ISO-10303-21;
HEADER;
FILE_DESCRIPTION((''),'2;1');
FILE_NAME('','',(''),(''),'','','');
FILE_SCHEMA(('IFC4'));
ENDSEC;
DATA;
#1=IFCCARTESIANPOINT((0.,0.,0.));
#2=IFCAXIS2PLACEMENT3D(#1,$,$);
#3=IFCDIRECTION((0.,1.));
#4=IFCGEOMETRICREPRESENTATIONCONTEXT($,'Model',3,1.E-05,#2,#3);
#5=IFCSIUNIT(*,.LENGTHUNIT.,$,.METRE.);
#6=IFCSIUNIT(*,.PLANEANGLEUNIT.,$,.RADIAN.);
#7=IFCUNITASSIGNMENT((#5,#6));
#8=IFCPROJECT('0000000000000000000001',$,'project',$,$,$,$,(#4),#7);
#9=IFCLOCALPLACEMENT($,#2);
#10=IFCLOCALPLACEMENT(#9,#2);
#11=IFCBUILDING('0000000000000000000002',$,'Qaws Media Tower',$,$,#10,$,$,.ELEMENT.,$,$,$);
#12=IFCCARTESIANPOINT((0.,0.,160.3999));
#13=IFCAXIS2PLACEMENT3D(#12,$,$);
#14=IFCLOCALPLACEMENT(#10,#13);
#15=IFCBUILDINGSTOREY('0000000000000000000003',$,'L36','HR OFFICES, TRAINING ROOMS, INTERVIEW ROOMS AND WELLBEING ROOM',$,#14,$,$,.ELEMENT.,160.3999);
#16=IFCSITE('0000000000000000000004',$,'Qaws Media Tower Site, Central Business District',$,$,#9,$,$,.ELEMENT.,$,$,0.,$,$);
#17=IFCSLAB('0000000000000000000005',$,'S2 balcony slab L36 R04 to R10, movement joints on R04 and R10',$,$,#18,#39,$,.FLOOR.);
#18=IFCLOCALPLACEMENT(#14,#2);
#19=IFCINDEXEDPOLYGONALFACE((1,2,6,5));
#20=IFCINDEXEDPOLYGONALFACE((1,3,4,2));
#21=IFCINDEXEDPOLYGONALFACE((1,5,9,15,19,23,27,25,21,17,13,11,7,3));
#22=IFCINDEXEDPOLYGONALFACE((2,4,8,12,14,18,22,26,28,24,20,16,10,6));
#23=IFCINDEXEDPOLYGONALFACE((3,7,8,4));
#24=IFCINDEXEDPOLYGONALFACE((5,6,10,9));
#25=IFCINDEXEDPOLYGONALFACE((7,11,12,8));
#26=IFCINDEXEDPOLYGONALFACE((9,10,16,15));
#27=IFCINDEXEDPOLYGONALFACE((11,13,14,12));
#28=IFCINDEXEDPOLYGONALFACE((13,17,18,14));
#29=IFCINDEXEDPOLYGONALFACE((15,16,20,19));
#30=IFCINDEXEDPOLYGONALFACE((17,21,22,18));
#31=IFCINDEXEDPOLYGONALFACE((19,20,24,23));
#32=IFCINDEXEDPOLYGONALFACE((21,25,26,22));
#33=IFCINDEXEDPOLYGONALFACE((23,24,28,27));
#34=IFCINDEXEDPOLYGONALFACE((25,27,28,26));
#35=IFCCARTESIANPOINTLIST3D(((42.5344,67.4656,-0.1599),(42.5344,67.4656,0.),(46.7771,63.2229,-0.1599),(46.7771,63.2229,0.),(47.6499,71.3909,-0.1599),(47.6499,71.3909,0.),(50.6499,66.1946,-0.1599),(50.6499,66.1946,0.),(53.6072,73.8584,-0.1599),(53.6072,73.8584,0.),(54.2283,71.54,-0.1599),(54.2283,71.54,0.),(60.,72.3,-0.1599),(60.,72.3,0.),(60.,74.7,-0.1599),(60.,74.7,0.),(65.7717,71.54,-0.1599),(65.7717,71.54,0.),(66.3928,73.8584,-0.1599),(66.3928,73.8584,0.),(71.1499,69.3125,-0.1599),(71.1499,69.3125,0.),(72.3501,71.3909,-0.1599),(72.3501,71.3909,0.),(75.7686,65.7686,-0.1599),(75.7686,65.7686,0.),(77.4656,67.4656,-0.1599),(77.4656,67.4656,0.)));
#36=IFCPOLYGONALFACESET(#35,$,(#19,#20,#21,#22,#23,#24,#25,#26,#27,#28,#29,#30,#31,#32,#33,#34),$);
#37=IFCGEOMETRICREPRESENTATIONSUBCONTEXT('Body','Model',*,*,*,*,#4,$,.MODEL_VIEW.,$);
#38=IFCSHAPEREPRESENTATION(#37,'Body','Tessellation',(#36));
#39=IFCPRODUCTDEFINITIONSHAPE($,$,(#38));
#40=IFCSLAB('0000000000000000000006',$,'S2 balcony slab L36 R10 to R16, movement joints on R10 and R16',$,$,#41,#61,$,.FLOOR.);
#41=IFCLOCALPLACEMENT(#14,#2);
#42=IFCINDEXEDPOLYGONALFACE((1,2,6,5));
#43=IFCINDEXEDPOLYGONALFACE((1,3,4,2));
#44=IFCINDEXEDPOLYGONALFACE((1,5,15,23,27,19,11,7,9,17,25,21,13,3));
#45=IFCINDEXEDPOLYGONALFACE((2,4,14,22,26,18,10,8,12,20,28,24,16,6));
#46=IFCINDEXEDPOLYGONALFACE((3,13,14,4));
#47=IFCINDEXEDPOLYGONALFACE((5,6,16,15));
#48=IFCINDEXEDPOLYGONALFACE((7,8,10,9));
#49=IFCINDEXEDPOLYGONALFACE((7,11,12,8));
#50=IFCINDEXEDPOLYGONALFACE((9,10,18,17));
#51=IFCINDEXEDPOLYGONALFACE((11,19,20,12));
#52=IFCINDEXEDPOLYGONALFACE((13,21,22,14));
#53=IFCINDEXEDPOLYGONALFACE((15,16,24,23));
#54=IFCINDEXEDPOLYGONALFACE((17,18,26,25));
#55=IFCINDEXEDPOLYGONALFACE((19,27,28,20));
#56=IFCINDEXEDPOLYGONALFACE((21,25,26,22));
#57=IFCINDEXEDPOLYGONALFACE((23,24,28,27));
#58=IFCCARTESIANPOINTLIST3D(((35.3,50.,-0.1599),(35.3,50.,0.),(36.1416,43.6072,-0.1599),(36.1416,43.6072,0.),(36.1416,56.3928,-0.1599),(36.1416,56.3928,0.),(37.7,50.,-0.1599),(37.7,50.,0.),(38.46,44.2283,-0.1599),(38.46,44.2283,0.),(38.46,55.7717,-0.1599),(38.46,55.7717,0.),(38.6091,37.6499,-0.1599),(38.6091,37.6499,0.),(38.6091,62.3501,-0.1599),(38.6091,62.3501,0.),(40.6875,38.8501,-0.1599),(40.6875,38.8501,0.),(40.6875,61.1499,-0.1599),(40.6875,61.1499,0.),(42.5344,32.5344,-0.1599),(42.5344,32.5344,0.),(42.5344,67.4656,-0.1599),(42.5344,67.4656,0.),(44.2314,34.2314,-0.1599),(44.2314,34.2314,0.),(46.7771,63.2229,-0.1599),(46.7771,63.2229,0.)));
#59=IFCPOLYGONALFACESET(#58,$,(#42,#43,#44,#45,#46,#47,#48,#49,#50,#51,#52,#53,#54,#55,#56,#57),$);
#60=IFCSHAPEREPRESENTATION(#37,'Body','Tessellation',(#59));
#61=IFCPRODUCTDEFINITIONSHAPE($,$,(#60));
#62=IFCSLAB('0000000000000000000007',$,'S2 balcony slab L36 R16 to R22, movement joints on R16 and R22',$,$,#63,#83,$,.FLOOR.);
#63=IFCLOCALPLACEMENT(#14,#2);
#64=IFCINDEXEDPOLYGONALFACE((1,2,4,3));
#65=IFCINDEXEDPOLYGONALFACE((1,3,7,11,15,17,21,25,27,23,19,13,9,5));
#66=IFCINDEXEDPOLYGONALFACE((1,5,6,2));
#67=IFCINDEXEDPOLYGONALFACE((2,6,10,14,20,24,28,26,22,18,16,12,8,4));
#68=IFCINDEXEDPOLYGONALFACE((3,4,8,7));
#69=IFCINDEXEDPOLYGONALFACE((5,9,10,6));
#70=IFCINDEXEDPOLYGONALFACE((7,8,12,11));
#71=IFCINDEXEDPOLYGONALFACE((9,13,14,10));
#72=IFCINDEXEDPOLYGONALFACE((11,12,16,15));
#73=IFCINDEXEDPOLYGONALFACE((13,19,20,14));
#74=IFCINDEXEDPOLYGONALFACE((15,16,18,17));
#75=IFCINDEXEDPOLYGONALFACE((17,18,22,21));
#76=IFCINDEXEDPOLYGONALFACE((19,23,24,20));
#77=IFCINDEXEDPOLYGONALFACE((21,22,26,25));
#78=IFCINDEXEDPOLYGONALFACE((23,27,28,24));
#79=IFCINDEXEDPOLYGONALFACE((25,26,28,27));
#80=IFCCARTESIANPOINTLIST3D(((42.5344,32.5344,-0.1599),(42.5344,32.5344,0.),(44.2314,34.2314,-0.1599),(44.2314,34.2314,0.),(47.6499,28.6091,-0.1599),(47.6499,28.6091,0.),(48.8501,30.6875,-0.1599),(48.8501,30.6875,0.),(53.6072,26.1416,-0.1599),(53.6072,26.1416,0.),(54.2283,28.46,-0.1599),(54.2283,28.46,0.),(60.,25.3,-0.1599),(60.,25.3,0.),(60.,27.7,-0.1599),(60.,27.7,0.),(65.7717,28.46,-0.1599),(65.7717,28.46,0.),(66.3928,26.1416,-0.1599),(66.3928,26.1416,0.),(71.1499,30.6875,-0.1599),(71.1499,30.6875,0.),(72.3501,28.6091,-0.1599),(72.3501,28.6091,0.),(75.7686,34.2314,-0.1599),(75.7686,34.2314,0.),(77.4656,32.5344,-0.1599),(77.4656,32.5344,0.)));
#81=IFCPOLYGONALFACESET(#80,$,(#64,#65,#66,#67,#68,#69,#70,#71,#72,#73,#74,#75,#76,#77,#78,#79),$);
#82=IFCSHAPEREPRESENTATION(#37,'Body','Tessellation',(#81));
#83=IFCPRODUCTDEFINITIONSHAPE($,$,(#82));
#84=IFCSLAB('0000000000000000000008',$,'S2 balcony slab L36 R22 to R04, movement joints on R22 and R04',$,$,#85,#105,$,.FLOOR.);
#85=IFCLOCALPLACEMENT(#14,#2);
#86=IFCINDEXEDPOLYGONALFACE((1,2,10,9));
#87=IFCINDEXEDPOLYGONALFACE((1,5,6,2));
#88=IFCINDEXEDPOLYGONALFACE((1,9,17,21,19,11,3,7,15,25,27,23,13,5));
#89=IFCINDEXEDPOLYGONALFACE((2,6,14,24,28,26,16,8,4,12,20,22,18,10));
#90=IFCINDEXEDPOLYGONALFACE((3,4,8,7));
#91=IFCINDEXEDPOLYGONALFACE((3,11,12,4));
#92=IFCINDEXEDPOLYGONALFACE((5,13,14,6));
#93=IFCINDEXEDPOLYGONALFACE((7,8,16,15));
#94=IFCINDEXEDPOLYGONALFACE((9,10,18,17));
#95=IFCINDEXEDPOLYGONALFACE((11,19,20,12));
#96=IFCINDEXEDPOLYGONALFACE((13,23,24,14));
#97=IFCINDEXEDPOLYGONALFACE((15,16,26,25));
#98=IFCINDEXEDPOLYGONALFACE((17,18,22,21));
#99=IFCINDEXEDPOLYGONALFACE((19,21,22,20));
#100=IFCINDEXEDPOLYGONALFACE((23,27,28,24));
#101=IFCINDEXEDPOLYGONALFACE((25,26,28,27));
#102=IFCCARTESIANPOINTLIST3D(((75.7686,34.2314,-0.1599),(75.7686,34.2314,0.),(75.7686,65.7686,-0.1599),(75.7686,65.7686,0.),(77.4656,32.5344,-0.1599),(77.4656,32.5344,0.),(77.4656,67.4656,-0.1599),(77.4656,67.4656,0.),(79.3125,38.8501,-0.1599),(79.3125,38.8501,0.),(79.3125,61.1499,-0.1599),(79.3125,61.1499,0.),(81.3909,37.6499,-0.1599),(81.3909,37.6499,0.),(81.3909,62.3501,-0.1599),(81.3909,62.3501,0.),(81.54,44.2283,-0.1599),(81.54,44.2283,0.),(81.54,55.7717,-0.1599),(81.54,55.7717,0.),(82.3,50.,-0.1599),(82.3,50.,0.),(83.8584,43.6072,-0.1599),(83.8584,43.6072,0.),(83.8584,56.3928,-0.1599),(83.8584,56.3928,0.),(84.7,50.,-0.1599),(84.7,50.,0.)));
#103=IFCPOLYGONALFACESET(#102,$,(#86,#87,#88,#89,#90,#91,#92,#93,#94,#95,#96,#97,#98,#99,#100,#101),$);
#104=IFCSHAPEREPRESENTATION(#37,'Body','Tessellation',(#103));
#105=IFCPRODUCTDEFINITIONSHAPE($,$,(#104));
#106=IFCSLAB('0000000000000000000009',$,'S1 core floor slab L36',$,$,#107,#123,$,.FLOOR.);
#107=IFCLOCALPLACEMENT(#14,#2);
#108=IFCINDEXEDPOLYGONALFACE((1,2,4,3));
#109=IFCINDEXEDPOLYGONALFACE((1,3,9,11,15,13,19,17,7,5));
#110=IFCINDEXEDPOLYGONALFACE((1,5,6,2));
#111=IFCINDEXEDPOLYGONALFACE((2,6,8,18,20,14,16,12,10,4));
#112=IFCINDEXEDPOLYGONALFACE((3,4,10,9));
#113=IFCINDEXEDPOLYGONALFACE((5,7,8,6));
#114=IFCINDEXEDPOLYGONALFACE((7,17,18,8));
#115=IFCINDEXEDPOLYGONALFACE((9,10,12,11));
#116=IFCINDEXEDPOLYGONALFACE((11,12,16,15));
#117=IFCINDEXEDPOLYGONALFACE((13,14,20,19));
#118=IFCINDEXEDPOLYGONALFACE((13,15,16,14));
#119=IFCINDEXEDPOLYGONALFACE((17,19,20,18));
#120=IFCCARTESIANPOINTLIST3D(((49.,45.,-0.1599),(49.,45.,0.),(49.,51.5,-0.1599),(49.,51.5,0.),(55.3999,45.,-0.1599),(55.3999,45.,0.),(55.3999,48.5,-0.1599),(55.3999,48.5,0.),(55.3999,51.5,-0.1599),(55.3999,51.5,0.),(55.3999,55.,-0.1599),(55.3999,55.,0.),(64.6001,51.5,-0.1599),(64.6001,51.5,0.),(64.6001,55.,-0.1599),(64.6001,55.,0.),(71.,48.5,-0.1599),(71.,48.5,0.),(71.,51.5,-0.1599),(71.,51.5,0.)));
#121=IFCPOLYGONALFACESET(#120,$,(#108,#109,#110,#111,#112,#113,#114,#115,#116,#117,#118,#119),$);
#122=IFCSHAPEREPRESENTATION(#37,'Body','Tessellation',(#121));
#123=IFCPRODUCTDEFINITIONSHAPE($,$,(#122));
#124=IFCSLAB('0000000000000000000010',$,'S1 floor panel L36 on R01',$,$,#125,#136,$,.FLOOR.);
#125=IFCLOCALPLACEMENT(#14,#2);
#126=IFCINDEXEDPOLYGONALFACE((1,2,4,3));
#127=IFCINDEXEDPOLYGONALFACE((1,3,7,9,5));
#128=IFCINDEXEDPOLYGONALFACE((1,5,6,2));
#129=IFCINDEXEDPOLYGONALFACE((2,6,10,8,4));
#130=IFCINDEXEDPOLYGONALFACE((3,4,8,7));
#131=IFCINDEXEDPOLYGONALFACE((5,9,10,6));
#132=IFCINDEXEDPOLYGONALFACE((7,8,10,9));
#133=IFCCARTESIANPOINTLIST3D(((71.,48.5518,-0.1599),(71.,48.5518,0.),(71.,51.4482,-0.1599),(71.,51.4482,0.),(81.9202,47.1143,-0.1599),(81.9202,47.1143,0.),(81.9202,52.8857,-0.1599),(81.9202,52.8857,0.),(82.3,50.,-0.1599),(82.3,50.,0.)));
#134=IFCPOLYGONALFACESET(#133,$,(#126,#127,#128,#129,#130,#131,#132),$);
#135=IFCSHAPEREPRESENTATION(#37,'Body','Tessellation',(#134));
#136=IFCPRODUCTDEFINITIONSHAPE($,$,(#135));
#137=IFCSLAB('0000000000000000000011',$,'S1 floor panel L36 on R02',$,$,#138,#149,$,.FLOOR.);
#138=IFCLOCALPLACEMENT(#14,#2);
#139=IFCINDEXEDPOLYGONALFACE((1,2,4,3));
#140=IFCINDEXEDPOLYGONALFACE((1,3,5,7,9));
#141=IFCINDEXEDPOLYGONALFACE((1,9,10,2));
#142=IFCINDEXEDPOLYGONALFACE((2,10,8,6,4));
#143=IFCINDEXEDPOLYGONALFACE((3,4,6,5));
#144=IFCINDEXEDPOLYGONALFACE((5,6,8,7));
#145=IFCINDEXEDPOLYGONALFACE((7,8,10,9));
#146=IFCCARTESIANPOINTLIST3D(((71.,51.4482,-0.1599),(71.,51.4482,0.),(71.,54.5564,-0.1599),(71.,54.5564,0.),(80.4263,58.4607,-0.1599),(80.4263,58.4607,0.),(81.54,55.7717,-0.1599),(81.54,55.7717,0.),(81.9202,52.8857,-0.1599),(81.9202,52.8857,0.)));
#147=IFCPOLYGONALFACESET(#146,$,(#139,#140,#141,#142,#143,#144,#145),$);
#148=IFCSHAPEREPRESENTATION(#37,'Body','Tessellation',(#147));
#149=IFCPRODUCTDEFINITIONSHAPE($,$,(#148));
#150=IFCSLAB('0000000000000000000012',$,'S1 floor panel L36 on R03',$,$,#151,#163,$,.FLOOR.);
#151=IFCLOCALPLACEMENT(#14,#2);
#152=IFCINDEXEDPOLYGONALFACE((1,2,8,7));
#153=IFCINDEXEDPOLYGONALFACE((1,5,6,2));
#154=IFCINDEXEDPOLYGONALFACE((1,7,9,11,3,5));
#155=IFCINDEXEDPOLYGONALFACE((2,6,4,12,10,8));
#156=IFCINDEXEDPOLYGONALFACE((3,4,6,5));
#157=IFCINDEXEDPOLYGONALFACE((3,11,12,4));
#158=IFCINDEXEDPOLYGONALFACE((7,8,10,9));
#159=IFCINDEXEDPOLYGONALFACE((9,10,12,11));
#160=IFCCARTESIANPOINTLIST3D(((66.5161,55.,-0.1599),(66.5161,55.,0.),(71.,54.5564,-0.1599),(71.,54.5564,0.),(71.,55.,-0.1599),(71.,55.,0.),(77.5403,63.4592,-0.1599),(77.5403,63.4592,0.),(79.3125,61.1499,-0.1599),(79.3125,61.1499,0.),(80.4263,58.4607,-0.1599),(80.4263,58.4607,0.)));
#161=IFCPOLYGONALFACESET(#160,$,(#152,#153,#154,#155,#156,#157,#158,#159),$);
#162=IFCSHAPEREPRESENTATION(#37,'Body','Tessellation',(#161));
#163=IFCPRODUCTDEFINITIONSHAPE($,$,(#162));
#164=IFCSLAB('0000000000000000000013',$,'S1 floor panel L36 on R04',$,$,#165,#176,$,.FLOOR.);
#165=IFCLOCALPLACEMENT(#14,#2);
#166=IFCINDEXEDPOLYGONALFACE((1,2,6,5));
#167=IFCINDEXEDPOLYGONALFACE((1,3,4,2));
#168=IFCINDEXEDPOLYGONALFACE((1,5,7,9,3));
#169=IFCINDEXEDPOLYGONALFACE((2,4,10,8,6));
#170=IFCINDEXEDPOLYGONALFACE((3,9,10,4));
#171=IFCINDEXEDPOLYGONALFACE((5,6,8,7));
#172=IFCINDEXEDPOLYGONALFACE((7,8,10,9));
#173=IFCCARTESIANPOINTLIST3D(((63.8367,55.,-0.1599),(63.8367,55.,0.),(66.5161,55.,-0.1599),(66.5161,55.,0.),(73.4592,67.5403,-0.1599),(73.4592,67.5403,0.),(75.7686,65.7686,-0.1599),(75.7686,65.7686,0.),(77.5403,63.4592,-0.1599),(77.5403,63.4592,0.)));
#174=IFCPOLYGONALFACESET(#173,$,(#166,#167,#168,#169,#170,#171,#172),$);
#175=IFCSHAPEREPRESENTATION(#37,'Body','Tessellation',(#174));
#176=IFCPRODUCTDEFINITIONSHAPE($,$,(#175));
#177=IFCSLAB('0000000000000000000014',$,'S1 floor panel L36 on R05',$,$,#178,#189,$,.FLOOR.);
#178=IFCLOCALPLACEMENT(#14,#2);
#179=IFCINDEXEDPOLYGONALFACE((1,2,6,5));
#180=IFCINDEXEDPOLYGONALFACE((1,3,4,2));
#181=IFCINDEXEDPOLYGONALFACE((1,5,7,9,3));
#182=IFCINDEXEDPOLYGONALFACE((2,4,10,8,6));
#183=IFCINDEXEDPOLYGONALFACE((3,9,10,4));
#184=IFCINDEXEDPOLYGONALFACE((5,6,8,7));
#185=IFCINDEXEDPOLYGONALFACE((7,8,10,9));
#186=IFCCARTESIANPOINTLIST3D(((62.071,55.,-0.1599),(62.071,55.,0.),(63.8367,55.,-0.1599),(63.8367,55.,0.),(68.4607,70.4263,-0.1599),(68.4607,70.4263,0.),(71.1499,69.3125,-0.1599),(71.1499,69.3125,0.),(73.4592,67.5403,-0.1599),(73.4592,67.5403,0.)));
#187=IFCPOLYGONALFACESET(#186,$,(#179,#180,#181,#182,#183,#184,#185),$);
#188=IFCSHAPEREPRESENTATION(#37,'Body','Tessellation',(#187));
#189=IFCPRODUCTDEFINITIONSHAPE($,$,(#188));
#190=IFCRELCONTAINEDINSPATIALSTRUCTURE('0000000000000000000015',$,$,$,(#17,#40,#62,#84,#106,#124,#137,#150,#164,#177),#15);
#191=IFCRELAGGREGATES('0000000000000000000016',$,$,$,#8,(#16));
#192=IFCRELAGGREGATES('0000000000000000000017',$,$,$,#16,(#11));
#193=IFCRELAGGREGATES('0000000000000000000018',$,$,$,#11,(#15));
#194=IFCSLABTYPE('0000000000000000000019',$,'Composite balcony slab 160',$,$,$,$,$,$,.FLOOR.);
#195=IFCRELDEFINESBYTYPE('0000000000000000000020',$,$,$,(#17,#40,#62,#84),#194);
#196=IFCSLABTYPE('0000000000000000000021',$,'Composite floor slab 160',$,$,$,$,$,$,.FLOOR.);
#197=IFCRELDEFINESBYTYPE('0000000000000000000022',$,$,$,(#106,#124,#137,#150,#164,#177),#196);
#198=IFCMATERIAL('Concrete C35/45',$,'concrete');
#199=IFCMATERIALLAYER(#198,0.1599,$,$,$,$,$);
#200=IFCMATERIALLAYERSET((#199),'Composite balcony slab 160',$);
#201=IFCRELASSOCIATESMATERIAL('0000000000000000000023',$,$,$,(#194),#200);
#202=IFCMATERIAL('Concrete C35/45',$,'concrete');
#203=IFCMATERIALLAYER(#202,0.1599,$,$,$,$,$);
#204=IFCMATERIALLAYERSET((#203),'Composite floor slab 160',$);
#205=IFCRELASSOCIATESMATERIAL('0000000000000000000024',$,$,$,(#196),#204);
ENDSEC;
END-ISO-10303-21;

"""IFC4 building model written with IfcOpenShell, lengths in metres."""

from ifc_helpers import new_model, si_unit, direction, frame, origin, place, context, subcontext, project, spatial, polyline, outline, extrude, material, layer, layer_set, type_object, element, save


model = new_model("IFC4")

# Units and contexts
model_context = context("Model", 3, precision=1e-05, world=origin(), true_north=direction((0.0, 1.0)))
body_context = subcontext(model_context, "Body", "Model", "MODEL_VIEW")
ifc_project = project(units=[si_unit("LENGTHUNIT", "METRE"), si_unit("PLANEANGLEUNIT", "RADIAN")], contexts=[model_context])

# Site, building, storey
site_placement = place(None, origin())
site = spatial("IfcSite", under=ifc_project, at=site_placement, Name="Qaws Media Tower Site, Central Business District", CompositionType="ELEMENT", RefElevation=0.0)
building_placement = place(site_placement, origin())
building = spatial("IfcBuilding", under=site, at=building_placement, Name="Qaws Media Tower", CompositionType="ELEMENT")
storey_placement = place(building_placement, frame((0.0, 0.0, 160.3999)))
storey = spatial("IfcBuildingStorey", under=building, at=storey_placement, Name="L36", Description="HR OFFICES, TRAINING ROOMS, INTERVIEW ROOMS AND WELLBEING ROOM", CompositionType="ELEMENT", Elevation=160.3999)

# Slabs
ifc_material_1 = material(Name="Concrete C35/45", Category="concrete")
ifc_layer_1 = layer(ifc_material_1, 0.1599)
ifc_layer_set_1 = layer_set([ifc_layer_1], Name="Composite balcony slab 160")
slab_type_1 = type_object("IfcSlabType", Name="Composite balcony slab 160", PredefinedType="FLOOR", material=ifc_layer_set_1)
slab_1_placement = place(storey_placement, frame((0.0, 0.0, -0.1599)))
element("IfcSlab", 1, at=slab_1_placement, inside=storey, type_object=slab_type_1, Name="S2 balcony slab L36 R04 to R10, movement joints on R04 and R10", PredefinedType="FLOOR", context=body_context, shape_type="SweptSolid", body=[
    extrude(outline(polyline([(47.6499, 71.3909), (53.6072, 73.8584), (60.0, 74.7), (66.3928, 73.8584), (72.3501, 71.3909), (77.4656, 67.4656), (75.7686, 65.7686), (71.1499, 69.3125), (65.7717, 71.54), (60.0, 72.3), (54.2283, 71.54), (50.6499, 66.1946), (46.7771, 63.2229), (42.5344, 67.4656), (47.6499, 71.3909)])), origin(), (0.0, 0.0, 1.0), 0.1599),
])
slab_2_placement = place(storey_placement, frame((0.0, 0.0, -0.1599)))
element("IfcSlab", 2, at=slab_2_placement, inside=storey, type_object=slab_type_1, Name="S2 balcony slab L36 R10 to R16, movement joints on R10 and R16", PredefinedType="FLOOR", context=body_context, shape_type="SweptSolid", body=[
    extrude(outline(polyline([(38.6091, 37.6499), (36.1416, 43.6072), (35.3, 50.0), (36.1416, 56.3928), (38.6091, 62.3501), (42.5344, 67.4656), (46.7771, 63.2229), (40.6875, 61.1499), (38.46, 55.7717), (37.7, 50.0), (38.46, 44.2283), (40.6875, 38.8501), (44.2314, 34.2314), (42.5344, 32.5344), (38.6091, 37.6499)])), origin(), (0.0, 0.0, 1.0), 0.1599),
])
slab_3_placement = place(storey_placement, frame((0.0, 0.0, -0.1599)))
element("IfcSlab", 3, at=slab_3_placement, inside=storey, type_object=slab_type_1, Name="S2 balcony slab L36 R16 to R22, movement joints on R16 and R22", PredefinedType="FLOOR", context=body_context, shape_type="SweptSolid", body=[
    extrude(outline(polyline([(72.3501, 28.6091), (66.3928, 26.1416), (60.0, 25.3), (53.6072, 26.1416), (47.6499, 28.6091), (42.5344, 32.5344), (44.2314, 34.2314), (48.8501, 30.6875), (54.2283, 28.46), (60.0, 27.7), (65.7717, 28.46), (71.1499, 30.6875), (75.7686, 34.2314), (77.4656, 32.5344), (72.3501, 28.6091)])), origin(), (0.0, 0.0, 1.0), 0.1599),
])
slab_4_placement = place(storey_placement, frame((0.0, 0.0, -0.1599)))
element("IfcSlab", 4, at=slab_4_placement, inside=storey, type_object=slab_type_1, Name="S2 balcony slab L36 R22 to R04, movement joints on R22 and R04", PredefinedType="FLOOR", context=body_context, shape_type="SweptSolid", body=[
    extrude(outline(polyline([(81.3909, 37.6499), (77.4656, 32.5344), (75.7686, 34.2314), (79.3125, 38.8501), (81.54, 44.2283), (82.3, 50.0), (81.54, 55.7717), (79.3125, 61.1499), (75.7686, 65.7686), (77.4656, 67.4656), (81.3909, 62.3501), (83.8584, 56.3928), (84.7, 50.0), (83.8584, 43.6072), (81.3909, 37.6499)])), origin(), (0.0, 0.0, 1.0), 0.1599),
])
ifc_material_2 = material(Name="Concrete C35/45", Category="concrete")
ifc_layer_2 = layer(ifc_material_2, 0.1599)
ifc_layer_set_2 = layer_set([ifc_layer_2], Name="Composite floor slab 160")
slab_type_2 = type_object("IfcSlabType", Name="Composite floor slab 160", PredefinedType="FLOOR", material=ifc_layer_set_2)
slab_5_placement = place(storey_placement, frame((0.0, 0.0, -0.1599)))
element("IfcSlab", 5, at=slab_5_placement, inside=storey, type_object=slab_type_2, Name="S1 core floor slab L36", PredefinedType="FLOOR", context=body_context, shape_type="SweptSolid", body=[
    extrude(outline(polyline([(71.0, 51.5), (71.0, 48.5), (55.3999, 48.5), (55.3999, 45.0), (49.0, 45.0), (49.0, 51.5), (55.3999, 51.5), (55.3999, 55.0), (64.6001, 55.0), (64.6001, 51.5), (71.0, 51.5)])), origin(), (0.0, 0.0, 1.0), 0.1599),
])
slab_6_placement = place(storey_placement, frame((0.0, 0.0, -0.1599)))
element("IfcSlab", 6, at=slab_6_placement, inside=storey, type_object=slab_type_2, Name="S1 floor panel L36 on R01", PredefinedType="FLOOR", context=body_context, shape_type="SweptSolid", body=[
    extrude(outline(polyline([(82.3, 50.0), (81.9202, 47.1143), (71.0, 48.5518), (71.0, 51.4482), (81.9202, 52.8857), (82.3, 50.0)])), origin(), (0.0, 0.0, 1.0), 0.1599),
])
slab_7_placement = place(storey_placement, frame((0.0, 0.0, -0.1599)))
element("IfcSlab", 7, at=slab_7_placement, inside=storey, type_object=slab_type_2, Name="S1 floor panel L36 on R02", PredefinedType="FLOOR", context=body_context, shape_type="SweptSolid", body=[
    extrude(outline(polyline([(81.54, 55.7717), (81.9202, 52.8857), (71.0, 51.4482), (71.0, 54.5564), (80.4263, 58.4607), (81.54, 55.7717)])), origin(), (0.0, 0.0, 1.0), 0.1599),
])
slab_8_placement = place(storey_placement, frame((0.0, 0.0, -0.1599)))
element("IfcSlab", 8, at=slab_8_placement, inside=storey, type_object=slab_type_2, Name="S1 floor panel L36 on R03", PredefinedType="FLOOR", context=body_context, shape_type="SweptSolid", body=[
    extrude(outline(polyline([(79.3125, 61.1499), (80.4263, 58.4607), (71.0, 54.5564), (71.0, 55.0), (66.5161, 55.0), (77.5403, 63.4592), (79.3125, 61.1499)])), origin(), (0.0, 0.0, 1.0), 0.1599),
])
slab_9_placement = place(storey_placement, frame((0.0, 0.0, -0.1599)))
element("IfcSlab", 9, at=slab_9_placement, inside=storey, type_object=slab_type_2, Name="S1 floor panel L36 on R04", PredefinedType="FLOOR", context=body_context, shape_type="SweptSolid", body=[
    extrude(outline(polyline([(75.7686, 65.7686), (77.5403, 63.4592), (66.5161, 55.0), (63.8367, 55.0), (73.4592, 67.5403), (75.7686, 65.7686)])), origin(), (0.0, 0.0, 1.0), 0.1599),
])
slab_10_placement = place(storey_placement, frame((0.0, 0.0, -0.1599)))
element("IfcSlab", 10, at=slab_10_placement, inside=storey, type_object=slab_type_2, Name="S1 floor panel L36 on R05", PredefinedType="FLOOR", context=body_context, shape_type="SweptSolid", body=[
    extrude(outline(polyline([(71.1499, 69.3125), (73.4592, 67.5403), (63.8367, 55.0), (62.071, 55.0), (68.4607, 70.4263), (71.1499, 69.3125)])), origin(), (0.0, 0.0, 1.0), 0.1599),
])

save(model, "model.ifc")
